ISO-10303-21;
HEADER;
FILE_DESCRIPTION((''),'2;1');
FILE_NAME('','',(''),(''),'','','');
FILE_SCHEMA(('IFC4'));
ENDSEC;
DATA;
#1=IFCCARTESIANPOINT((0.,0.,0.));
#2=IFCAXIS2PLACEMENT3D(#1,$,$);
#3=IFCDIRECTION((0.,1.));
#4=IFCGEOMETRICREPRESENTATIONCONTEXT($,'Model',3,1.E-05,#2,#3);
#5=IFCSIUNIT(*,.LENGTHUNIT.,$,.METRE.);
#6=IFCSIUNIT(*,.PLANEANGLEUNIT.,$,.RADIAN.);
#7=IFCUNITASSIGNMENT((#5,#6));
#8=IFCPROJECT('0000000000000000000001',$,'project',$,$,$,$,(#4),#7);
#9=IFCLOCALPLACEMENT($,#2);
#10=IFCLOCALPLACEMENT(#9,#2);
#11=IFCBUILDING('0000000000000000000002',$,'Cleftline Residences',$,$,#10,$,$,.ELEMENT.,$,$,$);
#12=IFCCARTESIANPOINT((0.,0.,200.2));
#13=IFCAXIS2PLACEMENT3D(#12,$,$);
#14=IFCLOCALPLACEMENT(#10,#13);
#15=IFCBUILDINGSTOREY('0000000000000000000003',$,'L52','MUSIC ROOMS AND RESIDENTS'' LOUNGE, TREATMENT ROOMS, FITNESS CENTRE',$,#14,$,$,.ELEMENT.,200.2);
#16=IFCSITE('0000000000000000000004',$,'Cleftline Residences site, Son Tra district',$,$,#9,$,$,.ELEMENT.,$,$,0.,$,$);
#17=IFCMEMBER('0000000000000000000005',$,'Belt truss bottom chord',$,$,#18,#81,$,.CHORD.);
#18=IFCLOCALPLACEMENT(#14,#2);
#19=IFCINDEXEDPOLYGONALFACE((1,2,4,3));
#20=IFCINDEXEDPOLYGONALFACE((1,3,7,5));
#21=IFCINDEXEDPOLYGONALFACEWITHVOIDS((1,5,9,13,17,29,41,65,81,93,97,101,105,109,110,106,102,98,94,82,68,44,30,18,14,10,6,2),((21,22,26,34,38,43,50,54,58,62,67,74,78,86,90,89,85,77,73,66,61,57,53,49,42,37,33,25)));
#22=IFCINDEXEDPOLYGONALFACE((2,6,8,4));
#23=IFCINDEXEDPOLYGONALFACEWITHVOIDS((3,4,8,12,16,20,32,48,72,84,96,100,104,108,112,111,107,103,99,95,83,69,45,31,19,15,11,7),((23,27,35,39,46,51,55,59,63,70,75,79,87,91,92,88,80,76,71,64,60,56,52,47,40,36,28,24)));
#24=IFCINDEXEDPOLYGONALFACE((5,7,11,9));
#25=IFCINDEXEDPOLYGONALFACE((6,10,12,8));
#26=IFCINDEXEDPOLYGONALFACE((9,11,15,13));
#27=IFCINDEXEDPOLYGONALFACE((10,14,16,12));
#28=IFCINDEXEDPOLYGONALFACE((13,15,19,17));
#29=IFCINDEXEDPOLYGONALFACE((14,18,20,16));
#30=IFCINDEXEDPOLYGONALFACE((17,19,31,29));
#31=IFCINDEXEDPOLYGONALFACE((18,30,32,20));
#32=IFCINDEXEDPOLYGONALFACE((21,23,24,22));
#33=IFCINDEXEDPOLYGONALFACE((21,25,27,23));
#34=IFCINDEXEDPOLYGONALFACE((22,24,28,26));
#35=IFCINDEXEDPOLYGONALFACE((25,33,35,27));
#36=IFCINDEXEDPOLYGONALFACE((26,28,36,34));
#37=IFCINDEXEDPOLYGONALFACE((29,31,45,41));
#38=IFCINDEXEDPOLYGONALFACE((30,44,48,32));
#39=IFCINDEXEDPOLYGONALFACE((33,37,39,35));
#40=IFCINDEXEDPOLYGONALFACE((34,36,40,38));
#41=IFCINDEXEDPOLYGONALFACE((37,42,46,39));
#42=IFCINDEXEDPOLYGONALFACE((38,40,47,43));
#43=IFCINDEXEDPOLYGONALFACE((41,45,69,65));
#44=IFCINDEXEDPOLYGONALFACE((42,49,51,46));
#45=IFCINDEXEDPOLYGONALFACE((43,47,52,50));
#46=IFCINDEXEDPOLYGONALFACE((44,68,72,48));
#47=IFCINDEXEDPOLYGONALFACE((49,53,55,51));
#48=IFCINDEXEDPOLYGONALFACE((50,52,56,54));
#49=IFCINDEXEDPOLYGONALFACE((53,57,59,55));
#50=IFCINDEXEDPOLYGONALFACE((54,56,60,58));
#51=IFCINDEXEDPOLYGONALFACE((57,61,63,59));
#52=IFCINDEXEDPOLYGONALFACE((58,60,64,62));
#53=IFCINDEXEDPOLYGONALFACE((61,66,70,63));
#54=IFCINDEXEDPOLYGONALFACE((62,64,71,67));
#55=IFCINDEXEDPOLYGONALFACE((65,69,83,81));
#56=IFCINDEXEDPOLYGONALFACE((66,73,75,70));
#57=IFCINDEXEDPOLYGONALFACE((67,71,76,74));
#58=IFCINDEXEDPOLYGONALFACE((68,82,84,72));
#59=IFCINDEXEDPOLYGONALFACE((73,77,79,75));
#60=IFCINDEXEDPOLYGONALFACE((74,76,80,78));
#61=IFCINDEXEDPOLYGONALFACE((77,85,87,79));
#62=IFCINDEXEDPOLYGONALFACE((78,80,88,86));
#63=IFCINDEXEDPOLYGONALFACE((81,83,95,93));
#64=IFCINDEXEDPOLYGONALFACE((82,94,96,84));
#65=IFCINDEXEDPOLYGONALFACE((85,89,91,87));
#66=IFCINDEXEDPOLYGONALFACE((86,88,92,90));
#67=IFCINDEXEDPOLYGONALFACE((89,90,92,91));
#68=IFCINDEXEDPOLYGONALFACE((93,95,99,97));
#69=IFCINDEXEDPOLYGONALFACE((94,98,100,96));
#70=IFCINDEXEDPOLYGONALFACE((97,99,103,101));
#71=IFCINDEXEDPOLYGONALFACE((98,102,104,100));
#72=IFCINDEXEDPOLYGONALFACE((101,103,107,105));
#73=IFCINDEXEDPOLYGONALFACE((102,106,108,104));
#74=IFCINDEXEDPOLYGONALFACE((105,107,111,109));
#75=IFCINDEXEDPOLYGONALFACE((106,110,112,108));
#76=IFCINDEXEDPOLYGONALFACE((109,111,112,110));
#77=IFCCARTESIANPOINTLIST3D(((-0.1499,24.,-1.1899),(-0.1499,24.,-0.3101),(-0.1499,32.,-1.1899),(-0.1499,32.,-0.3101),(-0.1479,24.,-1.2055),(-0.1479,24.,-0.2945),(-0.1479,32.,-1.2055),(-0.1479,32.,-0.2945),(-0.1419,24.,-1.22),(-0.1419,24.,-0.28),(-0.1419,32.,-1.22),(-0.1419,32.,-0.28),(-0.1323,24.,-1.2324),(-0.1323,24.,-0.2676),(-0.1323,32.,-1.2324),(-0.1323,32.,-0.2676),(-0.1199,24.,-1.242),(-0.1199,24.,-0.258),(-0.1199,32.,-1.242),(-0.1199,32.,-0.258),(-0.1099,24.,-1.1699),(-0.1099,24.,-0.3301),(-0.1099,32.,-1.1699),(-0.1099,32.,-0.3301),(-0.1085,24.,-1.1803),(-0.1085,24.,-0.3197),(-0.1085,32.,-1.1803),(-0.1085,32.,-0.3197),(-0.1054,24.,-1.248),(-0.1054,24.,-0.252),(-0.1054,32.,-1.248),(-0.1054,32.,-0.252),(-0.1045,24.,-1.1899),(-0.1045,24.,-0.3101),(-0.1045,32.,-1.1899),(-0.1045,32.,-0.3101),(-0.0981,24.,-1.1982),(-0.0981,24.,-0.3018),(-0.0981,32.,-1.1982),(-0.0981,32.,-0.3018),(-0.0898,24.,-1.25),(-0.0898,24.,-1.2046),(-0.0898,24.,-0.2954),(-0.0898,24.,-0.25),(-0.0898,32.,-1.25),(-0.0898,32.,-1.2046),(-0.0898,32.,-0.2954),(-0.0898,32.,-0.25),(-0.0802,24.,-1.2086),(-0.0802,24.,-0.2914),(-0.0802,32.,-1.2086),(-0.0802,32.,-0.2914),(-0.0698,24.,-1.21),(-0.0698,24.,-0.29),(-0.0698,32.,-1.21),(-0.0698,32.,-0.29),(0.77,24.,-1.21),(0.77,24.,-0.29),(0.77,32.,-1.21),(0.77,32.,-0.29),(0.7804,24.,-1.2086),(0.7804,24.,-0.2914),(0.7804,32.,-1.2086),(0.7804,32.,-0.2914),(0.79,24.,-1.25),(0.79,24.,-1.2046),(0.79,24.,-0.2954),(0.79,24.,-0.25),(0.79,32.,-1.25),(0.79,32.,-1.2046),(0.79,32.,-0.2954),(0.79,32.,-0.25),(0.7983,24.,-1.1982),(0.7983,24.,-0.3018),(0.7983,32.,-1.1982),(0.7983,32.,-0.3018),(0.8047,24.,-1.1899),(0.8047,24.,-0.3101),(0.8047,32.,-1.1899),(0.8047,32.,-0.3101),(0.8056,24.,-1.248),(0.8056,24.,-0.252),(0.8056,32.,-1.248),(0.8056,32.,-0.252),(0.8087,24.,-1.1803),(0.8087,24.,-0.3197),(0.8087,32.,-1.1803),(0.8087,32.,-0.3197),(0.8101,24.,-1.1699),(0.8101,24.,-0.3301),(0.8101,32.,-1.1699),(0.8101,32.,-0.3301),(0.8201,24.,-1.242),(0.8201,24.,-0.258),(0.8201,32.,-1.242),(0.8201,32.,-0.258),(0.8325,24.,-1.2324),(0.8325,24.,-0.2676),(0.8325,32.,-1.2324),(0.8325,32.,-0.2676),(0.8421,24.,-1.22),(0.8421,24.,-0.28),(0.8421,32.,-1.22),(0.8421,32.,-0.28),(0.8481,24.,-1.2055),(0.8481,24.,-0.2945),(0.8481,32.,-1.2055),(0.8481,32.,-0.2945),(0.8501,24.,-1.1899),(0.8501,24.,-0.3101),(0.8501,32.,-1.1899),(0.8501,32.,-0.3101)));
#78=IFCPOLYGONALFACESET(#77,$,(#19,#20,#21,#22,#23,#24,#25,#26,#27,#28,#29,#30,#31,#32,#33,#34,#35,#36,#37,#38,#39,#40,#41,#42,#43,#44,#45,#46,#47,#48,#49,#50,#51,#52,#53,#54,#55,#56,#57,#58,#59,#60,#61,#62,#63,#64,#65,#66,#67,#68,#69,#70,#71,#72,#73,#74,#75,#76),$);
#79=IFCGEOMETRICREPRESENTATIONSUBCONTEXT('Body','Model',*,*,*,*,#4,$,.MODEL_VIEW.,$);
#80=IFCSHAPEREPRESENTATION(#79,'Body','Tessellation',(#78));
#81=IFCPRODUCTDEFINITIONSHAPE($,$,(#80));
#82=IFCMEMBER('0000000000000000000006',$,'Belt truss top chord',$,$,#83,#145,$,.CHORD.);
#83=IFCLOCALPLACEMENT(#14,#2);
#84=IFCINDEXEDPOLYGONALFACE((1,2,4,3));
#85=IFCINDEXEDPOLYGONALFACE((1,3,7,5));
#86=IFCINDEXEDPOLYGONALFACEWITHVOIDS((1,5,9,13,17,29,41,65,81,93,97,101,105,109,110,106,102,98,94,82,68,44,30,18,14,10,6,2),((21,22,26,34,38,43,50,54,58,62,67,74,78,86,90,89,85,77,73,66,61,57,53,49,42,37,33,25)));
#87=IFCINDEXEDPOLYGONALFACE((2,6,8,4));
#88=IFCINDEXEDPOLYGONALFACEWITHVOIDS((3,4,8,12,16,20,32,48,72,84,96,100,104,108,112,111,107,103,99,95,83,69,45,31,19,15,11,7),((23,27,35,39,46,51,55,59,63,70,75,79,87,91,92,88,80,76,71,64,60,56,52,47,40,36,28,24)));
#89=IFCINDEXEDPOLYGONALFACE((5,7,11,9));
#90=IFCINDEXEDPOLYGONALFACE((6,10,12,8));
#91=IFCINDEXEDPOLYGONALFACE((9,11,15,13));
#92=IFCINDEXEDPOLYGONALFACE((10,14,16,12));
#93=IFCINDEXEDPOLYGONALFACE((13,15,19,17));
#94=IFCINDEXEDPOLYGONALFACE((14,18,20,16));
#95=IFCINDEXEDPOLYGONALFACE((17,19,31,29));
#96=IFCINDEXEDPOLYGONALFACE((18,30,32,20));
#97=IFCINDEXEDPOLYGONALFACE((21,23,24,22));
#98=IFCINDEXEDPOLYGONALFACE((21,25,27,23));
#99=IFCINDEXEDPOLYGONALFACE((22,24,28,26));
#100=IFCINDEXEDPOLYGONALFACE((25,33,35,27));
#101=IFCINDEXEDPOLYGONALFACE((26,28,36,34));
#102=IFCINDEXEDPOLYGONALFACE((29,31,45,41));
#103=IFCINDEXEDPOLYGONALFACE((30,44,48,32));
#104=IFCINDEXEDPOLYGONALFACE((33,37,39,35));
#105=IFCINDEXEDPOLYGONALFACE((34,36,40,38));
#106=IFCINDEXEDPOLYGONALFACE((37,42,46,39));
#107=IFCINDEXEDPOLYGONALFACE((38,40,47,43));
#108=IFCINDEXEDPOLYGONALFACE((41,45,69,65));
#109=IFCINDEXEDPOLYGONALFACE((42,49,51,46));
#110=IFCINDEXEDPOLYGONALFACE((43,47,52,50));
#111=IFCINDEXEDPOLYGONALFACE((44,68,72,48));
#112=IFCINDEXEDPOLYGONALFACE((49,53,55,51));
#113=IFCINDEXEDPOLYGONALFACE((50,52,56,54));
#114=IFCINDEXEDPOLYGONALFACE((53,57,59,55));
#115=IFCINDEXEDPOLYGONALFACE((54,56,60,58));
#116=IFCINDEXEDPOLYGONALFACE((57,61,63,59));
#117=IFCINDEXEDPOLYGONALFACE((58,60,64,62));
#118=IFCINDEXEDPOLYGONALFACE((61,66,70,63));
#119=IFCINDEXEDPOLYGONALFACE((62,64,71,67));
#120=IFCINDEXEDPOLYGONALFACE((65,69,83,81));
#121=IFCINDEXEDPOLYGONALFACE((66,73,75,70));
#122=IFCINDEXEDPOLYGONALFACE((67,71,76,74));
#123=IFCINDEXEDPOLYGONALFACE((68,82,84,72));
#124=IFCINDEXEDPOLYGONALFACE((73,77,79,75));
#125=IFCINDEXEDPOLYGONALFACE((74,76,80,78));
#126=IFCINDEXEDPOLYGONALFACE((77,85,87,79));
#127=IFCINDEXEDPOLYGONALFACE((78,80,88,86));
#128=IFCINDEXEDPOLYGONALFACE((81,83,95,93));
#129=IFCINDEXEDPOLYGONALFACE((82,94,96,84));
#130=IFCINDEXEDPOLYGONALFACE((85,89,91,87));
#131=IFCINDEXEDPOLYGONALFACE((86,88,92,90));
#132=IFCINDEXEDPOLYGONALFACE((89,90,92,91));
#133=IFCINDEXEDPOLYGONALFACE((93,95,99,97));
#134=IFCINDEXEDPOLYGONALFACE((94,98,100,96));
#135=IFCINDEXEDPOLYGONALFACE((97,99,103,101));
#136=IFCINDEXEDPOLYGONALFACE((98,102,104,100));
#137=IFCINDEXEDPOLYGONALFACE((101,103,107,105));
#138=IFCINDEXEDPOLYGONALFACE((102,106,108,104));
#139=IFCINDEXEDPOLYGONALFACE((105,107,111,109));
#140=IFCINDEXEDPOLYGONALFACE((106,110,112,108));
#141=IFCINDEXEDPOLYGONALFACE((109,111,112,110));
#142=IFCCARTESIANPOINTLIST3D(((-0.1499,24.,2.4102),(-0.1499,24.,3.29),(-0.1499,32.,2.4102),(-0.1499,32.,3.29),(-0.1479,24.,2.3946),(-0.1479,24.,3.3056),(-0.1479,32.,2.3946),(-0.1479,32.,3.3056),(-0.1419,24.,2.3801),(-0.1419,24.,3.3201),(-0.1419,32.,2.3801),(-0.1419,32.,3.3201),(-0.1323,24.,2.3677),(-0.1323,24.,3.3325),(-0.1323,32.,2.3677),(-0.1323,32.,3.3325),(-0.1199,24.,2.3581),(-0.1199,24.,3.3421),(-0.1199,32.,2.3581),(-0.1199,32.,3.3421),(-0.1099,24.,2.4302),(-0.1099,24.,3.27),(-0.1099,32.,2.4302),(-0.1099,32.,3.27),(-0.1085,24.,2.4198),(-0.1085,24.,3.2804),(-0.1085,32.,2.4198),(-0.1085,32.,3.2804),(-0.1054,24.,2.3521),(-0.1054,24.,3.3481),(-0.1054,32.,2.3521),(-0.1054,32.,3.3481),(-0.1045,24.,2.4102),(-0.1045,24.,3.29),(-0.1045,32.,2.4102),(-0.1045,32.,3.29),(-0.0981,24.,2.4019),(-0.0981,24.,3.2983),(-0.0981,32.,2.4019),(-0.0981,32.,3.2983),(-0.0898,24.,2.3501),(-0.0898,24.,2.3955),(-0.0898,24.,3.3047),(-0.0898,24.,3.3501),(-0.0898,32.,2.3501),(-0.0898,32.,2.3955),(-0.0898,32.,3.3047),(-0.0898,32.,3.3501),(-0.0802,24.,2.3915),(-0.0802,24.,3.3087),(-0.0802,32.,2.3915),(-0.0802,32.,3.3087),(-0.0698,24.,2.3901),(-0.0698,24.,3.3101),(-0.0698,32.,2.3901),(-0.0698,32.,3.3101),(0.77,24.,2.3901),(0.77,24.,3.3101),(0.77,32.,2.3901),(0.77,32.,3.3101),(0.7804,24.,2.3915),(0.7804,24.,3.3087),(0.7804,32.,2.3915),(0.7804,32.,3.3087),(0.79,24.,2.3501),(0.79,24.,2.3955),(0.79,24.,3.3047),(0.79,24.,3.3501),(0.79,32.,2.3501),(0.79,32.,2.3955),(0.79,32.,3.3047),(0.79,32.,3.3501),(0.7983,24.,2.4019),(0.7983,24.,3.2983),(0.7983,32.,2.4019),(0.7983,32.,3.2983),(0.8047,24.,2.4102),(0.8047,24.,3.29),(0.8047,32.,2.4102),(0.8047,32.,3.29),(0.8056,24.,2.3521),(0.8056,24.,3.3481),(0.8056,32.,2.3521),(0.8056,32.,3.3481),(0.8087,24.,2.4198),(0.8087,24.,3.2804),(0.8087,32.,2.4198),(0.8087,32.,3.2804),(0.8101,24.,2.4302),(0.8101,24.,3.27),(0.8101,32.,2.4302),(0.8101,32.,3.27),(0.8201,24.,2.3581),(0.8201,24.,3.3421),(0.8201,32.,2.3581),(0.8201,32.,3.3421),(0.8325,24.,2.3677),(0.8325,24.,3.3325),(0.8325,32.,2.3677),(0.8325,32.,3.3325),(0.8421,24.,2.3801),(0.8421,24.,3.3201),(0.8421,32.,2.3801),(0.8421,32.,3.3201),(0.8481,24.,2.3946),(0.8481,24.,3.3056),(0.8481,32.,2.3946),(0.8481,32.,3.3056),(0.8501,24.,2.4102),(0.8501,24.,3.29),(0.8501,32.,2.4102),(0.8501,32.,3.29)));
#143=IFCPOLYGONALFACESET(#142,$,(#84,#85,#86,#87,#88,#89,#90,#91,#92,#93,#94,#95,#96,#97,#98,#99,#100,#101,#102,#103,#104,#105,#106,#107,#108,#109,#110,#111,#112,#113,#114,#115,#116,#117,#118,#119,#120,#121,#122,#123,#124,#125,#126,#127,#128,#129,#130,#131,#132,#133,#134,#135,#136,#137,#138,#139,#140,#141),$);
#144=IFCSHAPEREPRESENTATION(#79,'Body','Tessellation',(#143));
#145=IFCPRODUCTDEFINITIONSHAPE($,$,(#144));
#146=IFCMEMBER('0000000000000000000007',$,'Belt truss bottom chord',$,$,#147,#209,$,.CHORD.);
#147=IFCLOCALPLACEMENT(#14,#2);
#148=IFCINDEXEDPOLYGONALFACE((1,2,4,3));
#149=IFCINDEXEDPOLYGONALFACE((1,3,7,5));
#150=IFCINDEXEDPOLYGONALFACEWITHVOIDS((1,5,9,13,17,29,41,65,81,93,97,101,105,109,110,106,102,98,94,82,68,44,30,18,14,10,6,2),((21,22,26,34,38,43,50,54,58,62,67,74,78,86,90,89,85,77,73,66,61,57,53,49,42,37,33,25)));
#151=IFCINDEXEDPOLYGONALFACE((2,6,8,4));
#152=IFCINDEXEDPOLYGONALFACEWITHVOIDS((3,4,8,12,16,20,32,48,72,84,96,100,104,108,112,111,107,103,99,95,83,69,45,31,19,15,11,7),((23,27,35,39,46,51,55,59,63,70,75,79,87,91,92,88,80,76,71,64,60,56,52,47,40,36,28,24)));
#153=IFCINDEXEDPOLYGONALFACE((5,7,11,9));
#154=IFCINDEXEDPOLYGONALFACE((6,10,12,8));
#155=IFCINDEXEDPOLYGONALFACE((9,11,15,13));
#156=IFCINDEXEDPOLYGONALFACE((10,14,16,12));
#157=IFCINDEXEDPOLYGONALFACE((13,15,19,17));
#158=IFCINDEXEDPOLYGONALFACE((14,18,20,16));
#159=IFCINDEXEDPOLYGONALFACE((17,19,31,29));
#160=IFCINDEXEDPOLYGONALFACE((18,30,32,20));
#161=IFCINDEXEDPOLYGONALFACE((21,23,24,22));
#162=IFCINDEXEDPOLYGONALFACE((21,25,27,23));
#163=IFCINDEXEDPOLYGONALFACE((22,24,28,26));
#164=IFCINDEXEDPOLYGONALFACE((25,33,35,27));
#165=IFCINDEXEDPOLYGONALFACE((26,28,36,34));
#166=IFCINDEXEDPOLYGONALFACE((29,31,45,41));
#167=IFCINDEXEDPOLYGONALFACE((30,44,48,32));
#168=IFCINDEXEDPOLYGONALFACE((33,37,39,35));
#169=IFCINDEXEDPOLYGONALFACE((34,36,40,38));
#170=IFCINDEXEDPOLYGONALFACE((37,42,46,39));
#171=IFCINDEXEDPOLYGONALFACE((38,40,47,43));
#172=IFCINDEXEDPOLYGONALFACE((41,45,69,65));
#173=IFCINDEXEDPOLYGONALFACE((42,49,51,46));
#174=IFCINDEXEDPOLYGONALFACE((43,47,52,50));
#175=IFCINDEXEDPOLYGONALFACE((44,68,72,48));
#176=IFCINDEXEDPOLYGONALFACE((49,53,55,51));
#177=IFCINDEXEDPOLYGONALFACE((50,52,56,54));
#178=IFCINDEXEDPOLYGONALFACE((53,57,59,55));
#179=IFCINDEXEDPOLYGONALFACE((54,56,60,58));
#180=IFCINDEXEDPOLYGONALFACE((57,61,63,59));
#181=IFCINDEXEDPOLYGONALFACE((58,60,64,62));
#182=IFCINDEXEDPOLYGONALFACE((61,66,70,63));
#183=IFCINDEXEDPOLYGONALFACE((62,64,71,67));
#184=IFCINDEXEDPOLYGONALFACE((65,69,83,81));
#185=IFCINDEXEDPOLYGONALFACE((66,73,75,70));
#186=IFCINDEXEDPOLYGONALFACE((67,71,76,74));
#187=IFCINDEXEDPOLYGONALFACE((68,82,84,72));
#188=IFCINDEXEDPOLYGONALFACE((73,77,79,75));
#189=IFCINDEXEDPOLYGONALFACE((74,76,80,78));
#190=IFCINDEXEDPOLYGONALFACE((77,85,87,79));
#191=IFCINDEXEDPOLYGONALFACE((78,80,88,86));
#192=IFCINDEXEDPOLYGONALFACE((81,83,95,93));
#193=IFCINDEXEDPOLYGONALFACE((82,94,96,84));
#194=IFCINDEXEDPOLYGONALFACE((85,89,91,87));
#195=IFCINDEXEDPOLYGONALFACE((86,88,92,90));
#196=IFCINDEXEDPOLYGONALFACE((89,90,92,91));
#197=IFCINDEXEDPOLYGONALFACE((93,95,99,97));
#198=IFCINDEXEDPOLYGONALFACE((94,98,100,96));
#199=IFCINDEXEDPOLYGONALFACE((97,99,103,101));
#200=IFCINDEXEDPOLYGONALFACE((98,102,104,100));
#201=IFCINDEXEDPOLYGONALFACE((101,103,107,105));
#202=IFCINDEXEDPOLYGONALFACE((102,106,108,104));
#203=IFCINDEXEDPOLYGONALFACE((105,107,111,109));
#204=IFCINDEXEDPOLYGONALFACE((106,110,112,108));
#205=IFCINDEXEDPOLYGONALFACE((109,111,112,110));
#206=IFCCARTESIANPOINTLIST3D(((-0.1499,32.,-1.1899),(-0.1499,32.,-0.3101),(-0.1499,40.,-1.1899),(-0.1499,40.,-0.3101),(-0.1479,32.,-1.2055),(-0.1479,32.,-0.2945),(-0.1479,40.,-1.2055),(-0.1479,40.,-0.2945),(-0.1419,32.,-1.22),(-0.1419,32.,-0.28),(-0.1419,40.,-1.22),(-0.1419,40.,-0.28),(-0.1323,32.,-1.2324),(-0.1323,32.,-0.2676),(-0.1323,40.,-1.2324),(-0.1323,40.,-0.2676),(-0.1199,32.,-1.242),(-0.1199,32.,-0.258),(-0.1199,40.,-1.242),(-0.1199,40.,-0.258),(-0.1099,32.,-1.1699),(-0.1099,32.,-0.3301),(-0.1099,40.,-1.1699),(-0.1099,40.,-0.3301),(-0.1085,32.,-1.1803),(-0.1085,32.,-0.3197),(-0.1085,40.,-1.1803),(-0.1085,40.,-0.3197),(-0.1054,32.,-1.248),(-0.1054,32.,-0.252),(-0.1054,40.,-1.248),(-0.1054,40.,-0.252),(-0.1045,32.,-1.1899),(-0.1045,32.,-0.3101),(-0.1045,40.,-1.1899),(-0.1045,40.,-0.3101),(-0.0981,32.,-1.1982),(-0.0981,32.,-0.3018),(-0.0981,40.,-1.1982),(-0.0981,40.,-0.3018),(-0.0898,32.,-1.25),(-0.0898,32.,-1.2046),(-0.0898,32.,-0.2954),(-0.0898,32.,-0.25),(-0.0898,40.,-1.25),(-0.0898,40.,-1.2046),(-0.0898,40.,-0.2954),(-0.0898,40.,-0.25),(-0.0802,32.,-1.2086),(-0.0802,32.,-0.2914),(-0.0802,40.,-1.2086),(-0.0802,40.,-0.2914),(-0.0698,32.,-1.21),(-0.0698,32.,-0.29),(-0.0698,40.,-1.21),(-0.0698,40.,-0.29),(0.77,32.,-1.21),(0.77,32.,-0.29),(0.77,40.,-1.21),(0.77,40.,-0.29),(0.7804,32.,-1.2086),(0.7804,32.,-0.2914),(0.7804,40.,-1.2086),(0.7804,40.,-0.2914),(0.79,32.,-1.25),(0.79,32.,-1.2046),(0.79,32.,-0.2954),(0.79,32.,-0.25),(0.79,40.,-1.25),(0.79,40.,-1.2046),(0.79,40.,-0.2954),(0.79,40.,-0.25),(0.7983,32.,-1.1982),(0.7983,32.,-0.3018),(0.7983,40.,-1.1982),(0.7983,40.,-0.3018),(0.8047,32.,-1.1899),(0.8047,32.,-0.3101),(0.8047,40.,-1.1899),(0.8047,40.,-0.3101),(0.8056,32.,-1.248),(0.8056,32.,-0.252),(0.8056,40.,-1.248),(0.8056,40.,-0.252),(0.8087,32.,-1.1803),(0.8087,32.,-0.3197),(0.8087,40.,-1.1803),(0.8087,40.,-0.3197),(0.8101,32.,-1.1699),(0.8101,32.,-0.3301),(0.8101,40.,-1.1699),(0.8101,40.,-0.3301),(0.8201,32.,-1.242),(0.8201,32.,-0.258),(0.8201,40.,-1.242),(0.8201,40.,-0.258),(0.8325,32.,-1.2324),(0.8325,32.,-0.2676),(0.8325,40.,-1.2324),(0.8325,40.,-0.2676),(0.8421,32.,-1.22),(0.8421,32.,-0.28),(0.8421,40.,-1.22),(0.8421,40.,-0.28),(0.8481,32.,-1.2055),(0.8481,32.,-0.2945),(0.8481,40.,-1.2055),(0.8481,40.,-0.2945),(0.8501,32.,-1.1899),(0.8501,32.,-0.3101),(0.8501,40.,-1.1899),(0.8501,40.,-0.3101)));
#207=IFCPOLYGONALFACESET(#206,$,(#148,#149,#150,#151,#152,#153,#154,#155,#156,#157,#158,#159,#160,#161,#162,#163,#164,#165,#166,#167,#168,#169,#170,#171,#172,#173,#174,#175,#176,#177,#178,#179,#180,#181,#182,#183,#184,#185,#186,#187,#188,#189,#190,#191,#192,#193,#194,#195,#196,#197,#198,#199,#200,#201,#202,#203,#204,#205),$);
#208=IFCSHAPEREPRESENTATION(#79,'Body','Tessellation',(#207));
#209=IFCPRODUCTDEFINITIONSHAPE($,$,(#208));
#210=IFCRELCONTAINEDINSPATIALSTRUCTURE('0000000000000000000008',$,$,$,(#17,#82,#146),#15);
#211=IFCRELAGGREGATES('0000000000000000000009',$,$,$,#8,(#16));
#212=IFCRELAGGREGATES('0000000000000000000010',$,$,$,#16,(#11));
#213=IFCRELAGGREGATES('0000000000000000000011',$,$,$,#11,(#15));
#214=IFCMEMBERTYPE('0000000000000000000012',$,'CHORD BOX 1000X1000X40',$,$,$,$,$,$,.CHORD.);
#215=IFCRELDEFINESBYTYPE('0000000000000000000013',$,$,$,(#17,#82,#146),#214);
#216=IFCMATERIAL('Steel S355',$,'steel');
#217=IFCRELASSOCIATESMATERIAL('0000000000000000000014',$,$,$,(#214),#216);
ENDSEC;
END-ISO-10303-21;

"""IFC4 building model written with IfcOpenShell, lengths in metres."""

from ifc_helpers import new_model, si_unit, direction, frame, origin, origin_2d, place, context, subcontext, project, spatial, hollow_rectangle, extrude, material, material_profile, profile_set, type_object, element, save


model = new_model("IFC4")

# Units and contexts
model_context = context("Model", 3, precision=1e-05, world=origin(), true_north=direction((0.0, 1.0)))
body_context = subcontext(model_context, "Body", "Model", "MODEL_VIEW")
ifc_project = project(units=[si_unit("LENGTHUNIT", "METRE"), si_unit("PLANEANGLEUNIT", "RADIAN")], contexts=[model_context])

# Site, building, storey
site_placement = place(None, origin())
site = spatial("IfcSite", under=ifc_project, at=site_placement, Name="Cleftline Residences site, Son Tra district", CompositionType="ELEMENT", RefElevation=0.0)
building_placement = place(site_placement, origin())
building = spatial("IfcBuilding", under=site, at=building_placement, Name="Cleftline Residences", CompositionType="ELEMENT")
storey_placement = place(building_placement, frame((0.0, 0.0, 200.2)))
storey = spatial("IfcBuildingStorey", under=building, at=storey_placement, Name="L52", Description="MUSIC ROOMS AND RESIDENTS' LOUNGE, TREATMENT ROOMS, FITNESS CENTRE", CompositionType="ELEMENT", Elevation=200.2)

# Members
ifc_material_1 = material(Name="Steel S355", Category="steel")
ifc_material_profile_1 = material_profile(ifc_material_1, hollow_rectangle(XDim=1.0, YDim=1.0, WallThickness=0.04, InnerFilletRadius=0.04, OuterFilletRadius=0.0601, at=origin_2d()))
ifc_profile_set_1 = profile_set([ifc_material_profile_1], Name="Steel S355")
member_type_1 = type_object("IfcMemberType", Name="CHORD BOX 1000X1000X40", PredefinedType="CHORD", material=ifc_profile_set_1)
for number, where, z_axis, x_axis, name in (
    (1, (0.3501, 24.0, -0.75), (0.0, 1.0, 0.0), (-1.0, 0.0, 0.0), "Belt truss bottom chord"),
    (2, (0.3501, 24.0, 2.8501), (0.0, 1.0, 0.0), (-1.0, 0.0, 0.0), "Belt truss top chord"),
    (3, (0.3501, 32.0, -0.75), (0.0, 1.0, 0.0), (-1.0, 0.0, 0.0), "Belt truss bottom chord"),
):
    element("IfcMember", number, at=place(storey_placement, frame(where, z_axis=z_axis, x_axis=x_axis)), inside=storey, type_object=member_type_1, Name=name, PredefinedType="CHORD", context=body_context, shape_type="SweptSolid", body=[
        extrude(hollow_rectangle(XDim=1.0, YDim=1.0, WallThickness=0.04, InnerFilletRadius=0.04, OuterFilletRadius=0.0601, at=origin_2d()), origin(), (0.0, 0.0, 1.0), 8.0),
    ])

save(model, "model.ifc")
